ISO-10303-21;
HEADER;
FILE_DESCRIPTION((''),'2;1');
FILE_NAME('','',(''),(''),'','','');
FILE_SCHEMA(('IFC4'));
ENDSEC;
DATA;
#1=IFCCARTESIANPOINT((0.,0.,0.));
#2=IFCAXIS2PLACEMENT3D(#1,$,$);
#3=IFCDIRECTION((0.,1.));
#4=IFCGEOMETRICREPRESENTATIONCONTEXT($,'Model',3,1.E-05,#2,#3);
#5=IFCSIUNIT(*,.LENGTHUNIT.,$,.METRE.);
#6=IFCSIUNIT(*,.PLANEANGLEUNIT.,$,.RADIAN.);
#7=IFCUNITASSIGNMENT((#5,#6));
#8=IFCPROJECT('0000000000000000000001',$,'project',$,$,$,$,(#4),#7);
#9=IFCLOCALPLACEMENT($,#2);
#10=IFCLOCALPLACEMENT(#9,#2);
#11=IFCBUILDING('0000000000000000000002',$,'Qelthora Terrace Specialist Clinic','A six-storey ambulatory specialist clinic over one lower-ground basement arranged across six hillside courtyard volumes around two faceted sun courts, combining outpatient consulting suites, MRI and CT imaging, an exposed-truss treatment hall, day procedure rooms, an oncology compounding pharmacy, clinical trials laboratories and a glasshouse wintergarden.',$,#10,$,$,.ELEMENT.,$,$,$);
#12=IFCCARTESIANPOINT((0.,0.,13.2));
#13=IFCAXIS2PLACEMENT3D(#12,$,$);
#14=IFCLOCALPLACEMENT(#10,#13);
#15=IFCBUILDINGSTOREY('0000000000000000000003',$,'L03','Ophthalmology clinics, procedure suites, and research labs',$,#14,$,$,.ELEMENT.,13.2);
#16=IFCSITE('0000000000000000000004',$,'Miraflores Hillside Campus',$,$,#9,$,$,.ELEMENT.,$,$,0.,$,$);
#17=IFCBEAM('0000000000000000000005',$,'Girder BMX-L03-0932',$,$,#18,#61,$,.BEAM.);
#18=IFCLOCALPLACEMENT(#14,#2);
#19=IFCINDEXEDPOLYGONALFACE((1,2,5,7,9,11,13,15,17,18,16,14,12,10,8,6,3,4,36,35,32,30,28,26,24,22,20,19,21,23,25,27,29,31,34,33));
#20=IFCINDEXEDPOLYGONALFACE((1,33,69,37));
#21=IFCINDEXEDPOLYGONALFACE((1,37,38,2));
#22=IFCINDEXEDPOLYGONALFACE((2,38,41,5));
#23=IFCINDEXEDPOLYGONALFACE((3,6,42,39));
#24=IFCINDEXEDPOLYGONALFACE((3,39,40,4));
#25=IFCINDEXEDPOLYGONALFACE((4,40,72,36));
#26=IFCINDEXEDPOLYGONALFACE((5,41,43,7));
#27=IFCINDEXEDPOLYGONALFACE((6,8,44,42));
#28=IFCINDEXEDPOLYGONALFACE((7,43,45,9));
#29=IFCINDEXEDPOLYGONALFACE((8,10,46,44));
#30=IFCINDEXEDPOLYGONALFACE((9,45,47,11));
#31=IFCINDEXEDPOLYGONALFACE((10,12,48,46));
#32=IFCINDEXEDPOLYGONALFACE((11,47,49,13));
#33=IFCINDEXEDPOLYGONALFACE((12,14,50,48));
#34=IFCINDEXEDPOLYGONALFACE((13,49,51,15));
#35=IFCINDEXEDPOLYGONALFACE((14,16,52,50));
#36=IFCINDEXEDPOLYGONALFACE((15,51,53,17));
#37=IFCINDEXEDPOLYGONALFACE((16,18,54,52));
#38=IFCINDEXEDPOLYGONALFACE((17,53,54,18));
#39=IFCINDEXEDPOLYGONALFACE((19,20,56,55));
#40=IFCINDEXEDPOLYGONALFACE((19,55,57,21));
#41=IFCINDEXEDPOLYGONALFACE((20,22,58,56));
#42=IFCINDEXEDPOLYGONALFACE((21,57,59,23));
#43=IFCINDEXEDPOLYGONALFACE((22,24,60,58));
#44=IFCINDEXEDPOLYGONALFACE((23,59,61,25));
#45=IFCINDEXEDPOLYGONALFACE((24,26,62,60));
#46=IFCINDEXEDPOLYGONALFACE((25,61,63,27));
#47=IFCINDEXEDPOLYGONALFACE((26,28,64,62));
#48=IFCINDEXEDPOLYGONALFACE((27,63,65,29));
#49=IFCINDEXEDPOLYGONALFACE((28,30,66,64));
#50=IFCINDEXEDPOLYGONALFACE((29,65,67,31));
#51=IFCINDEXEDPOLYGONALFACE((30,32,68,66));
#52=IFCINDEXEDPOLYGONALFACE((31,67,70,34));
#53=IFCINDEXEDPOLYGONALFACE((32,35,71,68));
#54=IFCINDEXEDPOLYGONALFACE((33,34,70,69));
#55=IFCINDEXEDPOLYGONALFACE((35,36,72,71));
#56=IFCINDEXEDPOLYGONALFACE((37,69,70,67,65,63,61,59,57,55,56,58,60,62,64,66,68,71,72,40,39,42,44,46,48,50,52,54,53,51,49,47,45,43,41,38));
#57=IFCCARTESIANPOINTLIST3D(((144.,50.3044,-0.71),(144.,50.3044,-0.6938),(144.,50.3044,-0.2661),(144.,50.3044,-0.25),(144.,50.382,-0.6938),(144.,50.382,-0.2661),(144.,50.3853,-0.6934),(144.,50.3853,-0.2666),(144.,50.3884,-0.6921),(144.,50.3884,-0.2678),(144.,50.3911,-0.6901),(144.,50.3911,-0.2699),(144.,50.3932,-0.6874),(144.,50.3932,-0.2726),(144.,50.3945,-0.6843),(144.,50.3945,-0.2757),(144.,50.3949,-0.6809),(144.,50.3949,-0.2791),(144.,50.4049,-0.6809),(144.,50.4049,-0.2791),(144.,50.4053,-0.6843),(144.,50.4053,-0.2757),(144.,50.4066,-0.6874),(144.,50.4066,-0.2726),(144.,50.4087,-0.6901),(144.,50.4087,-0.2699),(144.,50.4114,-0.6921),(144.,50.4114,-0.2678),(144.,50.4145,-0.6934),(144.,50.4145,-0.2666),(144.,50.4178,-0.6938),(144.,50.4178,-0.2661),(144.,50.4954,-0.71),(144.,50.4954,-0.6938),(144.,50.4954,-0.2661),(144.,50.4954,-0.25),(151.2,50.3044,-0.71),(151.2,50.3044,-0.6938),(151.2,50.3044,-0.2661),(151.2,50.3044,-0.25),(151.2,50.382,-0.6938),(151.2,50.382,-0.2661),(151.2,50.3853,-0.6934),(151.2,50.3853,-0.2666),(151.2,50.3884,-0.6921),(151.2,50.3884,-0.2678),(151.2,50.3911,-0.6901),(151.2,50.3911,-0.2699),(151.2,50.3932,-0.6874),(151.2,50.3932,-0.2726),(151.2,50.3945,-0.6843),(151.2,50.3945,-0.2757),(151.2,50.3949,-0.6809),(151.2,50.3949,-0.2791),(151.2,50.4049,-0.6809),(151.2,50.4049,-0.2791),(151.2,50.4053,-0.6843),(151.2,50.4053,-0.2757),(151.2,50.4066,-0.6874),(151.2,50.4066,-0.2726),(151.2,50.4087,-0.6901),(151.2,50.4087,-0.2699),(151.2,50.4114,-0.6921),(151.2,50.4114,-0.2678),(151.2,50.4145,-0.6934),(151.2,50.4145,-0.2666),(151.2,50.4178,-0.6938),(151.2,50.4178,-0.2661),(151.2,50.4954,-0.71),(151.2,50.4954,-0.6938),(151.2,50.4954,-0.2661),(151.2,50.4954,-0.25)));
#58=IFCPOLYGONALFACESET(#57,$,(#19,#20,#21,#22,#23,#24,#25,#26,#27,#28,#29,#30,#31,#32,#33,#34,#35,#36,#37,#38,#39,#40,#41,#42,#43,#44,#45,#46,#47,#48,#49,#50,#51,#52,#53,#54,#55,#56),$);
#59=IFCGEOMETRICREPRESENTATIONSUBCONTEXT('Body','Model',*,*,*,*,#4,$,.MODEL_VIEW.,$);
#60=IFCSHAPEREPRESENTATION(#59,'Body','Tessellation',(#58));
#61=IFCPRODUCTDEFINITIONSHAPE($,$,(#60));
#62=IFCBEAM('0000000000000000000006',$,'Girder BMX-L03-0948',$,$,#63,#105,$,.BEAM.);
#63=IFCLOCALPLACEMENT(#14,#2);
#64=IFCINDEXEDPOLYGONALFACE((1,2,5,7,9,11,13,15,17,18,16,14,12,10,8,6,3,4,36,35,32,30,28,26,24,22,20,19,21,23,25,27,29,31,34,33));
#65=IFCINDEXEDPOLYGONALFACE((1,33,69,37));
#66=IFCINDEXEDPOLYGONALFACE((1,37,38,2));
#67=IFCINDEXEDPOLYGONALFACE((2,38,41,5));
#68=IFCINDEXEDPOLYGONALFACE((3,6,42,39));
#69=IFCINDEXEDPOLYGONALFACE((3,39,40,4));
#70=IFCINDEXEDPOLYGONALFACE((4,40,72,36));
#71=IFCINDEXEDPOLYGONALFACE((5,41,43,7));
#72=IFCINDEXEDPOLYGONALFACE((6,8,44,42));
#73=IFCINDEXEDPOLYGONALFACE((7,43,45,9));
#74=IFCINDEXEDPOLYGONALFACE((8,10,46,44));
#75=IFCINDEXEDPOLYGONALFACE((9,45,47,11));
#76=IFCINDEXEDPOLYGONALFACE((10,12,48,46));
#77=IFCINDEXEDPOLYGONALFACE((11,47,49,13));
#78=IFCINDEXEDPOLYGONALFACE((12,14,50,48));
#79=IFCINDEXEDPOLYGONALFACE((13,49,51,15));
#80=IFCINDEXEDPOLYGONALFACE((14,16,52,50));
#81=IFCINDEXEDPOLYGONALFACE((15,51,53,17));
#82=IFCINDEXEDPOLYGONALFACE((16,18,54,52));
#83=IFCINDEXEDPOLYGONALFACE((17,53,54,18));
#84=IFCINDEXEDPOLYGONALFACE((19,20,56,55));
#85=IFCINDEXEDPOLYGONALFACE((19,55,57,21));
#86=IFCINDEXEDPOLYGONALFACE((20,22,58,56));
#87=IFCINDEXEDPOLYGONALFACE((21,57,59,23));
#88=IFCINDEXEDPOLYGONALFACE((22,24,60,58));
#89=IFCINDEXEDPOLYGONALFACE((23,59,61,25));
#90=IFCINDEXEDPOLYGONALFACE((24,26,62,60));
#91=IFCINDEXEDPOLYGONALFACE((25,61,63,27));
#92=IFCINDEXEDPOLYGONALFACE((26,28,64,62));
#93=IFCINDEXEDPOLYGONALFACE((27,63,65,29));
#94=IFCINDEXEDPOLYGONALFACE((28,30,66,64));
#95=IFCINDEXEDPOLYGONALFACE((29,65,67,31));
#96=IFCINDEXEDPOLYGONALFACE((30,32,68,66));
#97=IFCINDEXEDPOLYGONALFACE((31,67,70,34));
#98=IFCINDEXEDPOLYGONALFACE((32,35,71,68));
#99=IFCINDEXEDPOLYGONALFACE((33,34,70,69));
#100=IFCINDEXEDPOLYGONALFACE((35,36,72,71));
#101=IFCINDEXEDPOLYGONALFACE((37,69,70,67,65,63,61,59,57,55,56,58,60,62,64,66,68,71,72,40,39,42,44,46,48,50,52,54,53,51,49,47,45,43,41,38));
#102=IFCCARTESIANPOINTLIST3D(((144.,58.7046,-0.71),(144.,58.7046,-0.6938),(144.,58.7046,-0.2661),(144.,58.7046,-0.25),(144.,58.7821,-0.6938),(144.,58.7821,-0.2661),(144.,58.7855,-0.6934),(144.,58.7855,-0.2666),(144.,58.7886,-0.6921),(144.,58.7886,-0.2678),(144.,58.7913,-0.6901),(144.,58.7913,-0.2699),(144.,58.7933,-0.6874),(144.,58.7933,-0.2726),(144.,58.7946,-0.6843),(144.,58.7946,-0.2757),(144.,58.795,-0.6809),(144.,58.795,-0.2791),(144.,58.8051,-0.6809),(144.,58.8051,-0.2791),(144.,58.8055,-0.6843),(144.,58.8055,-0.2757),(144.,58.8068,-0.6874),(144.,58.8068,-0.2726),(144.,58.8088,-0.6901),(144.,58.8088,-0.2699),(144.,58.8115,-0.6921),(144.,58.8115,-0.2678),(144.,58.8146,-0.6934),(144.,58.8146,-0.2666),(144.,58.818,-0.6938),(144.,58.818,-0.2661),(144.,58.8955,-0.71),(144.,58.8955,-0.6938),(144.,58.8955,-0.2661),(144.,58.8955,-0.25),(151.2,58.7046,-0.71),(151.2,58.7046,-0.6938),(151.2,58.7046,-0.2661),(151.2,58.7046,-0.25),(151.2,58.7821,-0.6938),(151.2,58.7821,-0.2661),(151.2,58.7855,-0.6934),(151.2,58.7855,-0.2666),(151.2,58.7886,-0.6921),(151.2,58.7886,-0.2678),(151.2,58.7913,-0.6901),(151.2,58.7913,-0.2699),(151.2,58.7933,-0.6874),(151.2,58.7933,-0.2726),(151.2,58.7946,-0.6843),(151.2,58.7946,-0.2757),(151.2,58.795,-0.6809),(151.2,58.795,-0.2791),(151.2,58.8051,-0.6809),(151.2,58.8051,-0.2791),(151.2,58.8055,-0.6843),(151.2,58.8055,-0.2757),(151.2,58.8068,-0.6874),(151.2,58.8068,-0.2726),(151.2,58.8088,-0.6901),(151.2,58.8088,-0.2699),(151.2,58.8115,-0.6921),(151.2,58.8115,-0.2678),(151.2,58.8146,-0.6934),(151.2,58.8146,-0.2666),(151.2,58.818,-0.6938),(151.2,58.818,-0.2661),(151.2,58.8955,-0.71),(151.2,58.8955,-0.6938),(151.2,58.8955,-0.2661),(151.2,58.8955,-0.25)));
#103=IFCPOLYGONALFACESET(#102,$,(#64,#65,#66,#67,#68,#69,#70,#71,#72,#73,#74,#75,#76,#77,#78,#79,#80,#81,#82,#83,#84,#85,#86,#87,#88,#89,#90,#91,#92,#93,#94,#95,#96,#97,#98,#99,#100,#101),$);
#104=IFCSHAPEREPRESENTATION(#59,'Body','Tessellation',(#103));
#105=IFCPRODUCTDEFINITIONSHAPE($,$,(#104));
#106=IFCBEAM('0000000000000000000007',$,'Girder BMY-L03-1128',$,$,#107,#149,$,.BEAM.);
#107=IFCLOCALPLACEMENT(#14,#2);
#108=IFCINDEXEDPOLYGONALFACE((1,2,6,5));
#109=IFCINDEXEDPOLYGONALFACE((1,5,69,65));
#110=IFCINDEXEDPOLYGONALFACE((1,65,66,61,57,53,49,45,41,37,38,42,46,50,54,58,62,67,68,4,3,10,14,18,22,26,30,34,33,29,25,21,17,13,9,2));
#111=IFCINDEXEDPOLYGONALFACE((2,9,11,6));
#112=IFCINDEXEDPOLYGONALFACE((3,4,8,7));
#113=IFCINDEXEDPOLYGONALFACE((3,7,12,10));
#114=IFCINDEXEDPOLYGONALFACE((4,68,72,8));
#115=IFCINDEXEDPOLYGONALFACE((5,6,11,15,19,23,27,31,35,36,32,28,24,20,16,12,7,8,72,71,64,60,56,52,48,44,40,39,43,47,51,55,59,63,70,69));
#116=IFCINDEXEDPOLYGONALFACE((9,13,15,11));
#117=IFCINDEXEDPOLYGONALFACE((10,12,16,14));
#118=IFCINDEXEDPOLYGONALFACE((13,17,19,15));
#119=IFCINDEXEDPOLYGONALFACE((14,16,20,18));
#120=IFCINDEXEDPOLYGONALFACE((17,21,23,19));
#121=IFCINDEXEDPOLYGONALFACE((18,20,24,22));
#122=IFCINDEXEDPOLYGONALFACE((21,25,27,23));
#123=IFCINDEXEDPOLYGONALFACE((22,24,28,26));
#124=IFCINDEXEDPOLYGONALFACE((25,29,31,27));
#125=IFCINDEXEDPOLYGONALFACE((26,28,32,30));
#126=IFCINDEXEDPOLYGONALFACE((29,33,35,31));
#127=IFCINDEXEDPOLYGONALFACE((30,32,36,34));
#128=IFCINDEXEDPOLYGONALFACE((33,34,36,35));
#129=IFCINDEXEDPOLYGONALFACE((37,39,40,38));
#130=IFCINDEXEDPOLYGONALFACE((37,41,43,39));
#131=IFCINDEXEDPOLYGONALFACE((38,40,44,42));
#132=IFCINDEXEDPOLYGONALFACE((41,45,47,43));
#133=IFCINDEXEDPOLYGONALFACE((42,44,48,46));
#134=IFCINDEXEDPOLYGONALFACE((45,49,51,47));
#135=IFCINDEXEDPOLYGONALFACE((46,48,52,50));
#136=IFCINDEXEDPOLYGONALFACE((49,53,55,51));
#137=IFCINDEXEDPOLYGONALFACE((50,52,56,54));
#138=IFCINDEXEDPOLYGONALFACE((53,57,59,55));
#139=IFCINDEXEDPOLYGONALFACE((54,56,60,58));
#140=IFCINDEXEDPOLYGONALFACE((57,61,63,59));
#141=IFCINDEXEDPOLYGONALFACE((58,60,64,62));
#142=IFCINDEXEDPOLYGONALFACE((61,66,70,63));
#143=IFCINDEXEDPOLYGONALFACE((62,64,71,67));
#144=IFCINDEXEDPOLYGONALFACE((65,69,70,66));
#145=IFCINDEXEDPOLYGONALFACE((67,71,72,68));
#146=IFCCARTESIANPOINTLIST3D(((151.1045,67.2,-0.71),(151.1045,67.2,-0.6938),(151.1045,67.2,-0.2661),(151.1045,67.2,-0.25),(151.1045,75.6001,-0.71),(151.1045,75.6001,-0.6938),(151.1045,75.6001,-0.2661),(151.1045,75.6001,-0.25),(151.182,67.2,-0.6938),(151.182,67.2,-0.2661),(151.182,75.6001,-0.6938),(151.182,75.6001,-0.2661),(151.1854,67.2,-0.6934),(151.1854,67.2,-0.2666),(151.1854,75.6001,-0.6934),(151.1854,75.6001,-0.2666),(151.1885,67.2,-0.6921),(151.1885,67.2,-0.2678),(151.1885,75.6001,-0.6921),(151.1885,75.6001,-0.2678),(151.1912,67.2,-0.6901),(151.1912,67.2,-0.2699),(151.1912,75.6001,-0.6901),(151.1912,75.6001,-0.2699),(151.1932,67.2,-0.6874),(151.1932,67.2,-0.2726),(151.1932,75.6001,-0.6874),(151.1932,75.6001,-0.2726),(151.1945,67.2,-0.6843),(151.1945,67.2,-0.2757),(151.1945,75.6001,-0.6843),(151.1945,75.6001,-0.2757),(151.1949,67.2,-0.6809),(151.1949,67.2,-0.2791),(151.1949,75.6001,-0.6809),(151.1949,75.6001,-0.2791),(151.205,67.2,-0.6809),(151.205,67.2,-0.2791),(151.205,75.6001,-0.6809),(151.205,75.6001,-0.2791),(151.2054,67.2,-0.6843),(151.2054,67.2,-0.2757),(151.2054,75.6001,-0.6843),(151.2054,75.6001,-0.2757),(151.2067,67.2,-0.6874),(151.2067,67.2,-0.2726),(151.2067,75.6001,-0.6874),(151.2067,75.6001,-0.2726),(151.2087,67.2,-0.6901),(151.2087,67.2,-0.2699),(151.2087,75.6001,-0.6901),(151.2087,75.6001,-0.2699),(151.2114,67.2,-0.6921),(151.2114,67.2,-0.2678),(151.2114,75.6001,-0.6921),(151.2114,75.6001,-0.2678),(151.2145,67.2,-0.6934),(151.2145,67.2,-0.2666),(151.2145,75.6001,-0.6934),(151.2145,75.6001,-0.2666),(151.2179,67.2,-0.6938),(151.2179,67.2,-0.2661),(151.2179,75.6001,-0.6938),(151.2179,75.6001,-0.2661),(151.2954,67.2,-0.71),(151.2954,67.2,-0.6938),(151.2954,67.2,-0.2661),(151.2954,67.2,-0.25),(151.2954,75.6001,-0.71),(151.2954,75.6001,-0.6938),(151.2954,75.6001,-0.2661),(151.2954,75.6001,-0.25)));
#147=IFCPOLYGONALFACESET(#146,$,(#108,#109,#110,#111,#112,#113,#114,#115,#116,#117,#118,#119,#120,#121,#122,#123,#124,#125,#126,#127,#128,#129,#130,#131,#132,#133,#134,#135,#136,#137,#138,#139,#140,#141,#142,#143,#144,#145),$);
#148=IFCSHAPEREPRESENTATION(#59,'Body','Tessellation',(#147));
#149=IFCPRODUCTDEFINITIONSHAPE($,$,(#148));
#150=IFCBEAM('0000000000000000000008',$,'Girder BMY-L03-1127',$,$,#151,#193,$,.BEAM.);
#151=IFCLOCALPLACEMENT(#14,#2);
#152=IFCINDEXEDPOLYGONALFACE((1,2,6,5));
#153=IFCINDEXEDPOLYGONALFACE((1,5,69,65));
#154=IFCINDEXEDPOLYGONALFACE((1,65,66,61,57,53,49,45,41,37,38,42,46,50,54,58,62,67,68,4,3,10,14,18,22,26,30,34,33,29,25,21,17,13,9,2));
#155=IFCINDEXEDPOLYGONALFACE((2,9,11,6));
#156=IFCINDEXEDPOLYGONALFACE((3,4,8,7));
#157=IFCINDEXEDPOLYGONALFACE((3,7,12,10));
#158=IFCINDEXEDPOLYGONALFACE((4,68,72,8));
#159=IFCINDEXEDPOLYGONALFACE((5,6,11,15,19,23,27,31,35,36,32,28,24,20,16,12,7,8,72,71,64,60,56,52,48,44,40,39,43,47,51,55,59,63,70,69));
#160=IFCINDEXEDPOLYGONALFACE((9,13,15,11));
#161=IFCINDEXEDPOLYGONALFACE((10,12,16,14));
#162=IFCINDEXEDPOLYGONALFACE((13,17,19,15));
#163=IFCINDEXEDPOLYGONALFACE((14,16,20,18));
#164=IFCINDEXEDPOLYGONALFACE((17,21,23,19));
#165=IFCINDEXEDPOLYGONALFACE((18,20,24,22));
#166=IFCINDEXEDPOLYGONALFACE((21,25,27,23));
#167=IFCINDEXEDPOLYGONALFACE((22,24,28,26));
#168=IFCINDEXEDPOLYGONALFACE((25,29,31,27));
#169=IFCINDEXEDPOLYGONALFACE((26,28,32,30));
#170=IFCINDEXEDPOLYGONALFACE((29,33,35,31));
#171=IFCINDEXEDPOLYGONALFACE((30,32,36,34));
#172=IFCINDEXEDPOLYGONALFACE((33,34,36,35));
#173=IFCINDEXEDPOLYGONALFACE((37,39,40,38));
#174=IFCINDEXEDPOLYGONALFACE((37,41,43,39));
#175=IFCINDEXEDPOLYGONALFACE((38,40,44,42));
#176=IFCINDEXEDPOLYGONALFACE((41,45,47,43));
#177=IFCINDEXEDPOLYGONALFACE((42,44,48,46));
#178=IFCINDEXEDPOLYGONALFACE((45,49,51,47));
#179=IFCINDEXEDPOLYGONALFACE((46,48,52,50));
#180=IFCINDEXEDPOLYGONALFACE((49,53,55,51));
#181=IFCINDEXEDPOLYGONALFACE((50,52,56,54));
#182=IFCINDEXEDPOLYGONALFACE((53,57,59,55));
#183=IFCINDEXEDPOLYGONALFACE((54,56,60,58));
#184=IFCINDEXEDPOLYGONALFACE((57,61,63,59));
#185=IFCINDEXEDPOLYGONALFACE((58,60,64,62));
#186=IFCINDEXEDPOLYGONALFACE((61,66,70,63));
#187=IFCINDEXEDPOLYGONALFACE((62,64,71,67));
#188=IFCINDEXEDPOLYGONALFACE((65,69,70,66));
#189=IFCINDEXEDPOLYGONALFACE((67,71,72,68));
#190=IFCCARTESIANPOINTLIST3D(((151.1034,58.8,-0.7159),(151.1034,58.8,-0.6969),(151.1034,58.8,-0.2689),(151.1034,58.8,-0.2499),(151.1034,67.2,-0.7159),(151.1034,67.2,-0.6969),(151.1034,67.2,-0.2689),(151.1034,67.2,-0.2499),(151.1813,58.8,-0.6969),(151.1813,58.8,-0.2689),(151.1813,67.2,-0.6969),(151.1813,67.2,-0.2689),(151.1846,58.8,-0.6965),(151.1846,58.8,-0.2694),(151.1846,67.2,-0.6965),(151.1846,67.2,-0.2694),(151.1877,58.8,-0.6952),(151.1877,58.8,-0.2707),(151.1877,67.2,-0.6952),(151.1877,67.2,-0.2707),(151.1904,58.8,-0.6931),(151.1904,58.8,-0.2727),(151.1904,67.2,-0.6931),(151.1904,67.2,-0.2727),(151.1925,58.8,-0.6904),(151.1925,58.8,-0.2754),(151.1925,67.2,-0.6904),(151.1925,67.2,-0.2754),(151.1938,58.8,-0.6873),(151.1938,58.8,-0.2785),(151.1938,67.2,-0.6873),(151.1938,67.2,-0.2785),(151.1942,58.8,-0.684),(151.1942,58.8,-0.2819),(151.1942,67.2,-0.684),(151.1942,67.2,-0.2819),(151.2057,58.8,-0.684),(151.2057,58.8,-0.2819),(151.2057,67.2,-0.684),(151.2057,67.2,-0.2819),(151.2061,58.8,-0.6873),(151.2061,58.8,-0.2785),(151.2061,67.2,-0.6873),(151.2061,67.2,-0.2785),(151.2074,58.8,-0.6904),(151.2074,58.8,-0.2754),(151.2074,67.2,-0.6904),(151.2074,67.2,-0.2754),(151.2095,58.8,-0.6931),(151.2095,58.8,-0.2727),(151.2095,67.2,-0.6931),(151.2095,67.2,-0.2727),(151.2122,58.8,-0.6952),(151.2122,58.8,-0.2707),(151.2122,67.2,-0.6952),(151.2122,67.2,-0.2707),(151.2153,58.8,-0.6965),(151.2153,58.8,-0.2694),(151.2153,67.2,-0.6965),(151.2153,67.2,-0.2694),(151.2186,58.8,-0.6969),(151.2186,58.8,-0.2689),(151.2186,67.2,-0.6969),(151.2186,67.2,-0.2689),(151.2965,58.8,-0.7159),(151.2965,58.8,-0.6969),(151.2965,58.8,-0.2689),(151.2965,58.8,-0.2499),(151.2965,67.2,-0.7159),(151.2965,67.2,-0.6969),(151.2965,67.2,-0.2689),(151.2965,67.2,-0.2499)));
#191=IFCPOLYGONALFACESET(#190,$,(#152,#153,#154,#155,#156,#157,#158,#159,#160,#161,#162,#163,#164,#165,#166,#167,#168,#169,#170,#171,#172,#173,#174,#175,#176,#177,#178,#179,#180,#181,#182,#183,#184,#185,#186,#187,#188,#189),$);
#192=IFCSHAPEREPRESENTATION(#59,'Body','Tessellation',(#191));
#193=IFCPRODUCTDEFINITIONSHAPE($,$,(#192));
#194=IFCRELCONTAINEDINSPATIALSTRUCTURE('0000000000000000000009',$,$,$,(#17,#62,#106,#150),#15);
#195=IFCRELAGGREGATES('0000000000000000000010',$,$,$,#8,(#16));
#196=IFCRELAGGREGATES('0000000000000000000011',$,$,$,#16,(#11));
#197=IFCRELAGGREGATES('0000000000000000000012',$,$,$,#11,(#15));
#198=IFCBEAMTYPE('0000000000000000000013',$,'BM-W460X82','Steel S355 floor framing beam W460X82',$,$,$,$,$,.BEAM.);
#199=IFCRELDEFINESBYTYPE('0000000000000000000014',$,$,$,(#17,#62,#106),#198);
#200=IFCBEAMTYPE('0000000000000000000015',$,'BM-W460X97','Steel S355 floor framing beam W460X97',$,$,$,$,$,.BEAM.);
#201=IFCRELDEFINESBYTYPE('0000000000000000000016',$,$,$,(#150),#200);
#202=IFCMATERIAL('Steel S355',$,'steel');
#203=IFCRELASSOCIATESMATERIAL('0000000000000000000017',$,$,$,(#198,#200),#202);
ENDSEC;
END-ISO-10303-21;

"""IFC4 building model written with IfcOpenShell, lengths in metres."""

from ifc_helpers import new_model, si_unit, direction, frame, origin, origin_2d, place, context, subcontext, project, spatial, i_section, extrude, material, material_profile, profile_set, type_object, element, save


model = new_model("IFC4")

# Units and contexts
model_context = context("Model", 3, precision=1e-05, world=origin(), true_north=direction((0.0, 1.0)))
body_context = subcontext(model_context, "Body", "Model", "MODEL_VIEW")
ifc_project = project(units=[si_unit("LENGTHUNIT", "METRE"), si_unit("PLANEANGLEUNIT", "RADIAN")], contexts=[model_context])

# Site, building, storey
site_placement = place(None, origin())
site = spatial("IfcSite", under=ifc_project, at=site_placement, Name="Miraflores Hillside Campus", CompositionType="ELEMENT", RefElevation=0.0)
building_placement = place(site_placement, origin())
building = spatial("IfcBuilding", under=site, at=building_placement, Name="Qelthora Terrace Specialist Clinic", Description="A six-storey ambulatory specialist clinic over one lower-ground basement arranged across six hillside courtyard volumes around two faceted sun courts, combining outpatient consulting suites, MRI and CT imaging, an exposed-truss treatment hall, day procedure rooms, an oncology compounding pharmacy, clinical trials laboratories and a glasshouse wintergarden.", CompositionType="ELEMENT")
storey_placement = place(building_placement, frame((0.0, 0.0, 13.2)))
storey = spatial("IfcBuildingStorey", under=building, at=storey_placement, Name="L03", Description="Ophthalmology clinics, procedure suites, and research labs", CompositionType="ELEMENT", Elevation=13.2)

# Shared definitions
ifc_material_1 = material(Name="Steel S355", Category="steel")

# Beams
ifc_material_profile_1 = material_profile(ifc_material_1, i_section(OverallWidth=0.1909, OverallDepth=0.46, WebThickness=0.01, FlangeThickness=0.0161, FilletRadius=0.0129, at=origin_2d()), Name="W460X82")
ifc_profile_set_1 = profile_set([ifc_material_profile_1], Name="Steel S355")
beam_type_1 = type_object("IfcBeamType", Name="BM-W460X82", Description="Steel S355 floor framing beam W460X82", PredefinedType="BEAM", material=ifc_profile_set_1)
for number, where, z_axis, x_axis, name in (
    (1, (144.0, 50.3999, -0.48), (1.0, 0.0, 0.0), (0.0, 1.0, 0.0), "Girder BMX-L03-0932"),
    (2, (144.0, 58.8, -0.48), (1.0, 0.0, 0.0), (0.0, 1.0, 0.0), "Girder BMX-L03-0948"),
):
    element("IfcBeam", number, at=place(storey_placement, frame(where, z_axis=z_axis, x_axis=x_axis)), inside=storey, type_object=beam_type_1, Name=name, PredefinedType="BEAM", context=body_context, shape_type="SweptSolid", body=[
        extrude(i_section(OverallWidth=0.1909, OverallDepth=0.46, WebThickness=0.01, FlangeThickness=0.0161, FilletRadius=0.0129, at=origin_2d()), origin(), (0.0, 0.0, 1.0), 7.2),
    ])
beam_1_placement = place(storey_placement, frame((151.2, 67.2, -0.48), z_axis=(0.0, 1.0, 0.0), x_axis=(-1.0, 0.0, 0.0)))
element("IfcBeam", 3, at=beam_1_placement, inside=storey, type_object=beam_type_1, Name="Girder BMY-L03-1128", PredefinedType="BEAM", context=body_context, shape_type="SweptSolid", body=[
    extrude(i_section(OverallWidth=0.1909, OverallDepth=0.46, WebThickness=0.01, FlangeThickness=0.0161, FilletRadius=0.0129, at=origin_2d()), origin(), (0.0, 0.0, 1.0), 8.4001),
])
ifc_material_profile_2 = material_profile(ifc_material_1, i_section(OverallWidth=0.1931, OverallDepth=0.4661, WebThickness=0.0115, FlangeThickness=0.019, FilletRadius=0.0129, at=origin_2d()), Name="W460X97")
ifc_profile_set_2 = profile_set([ifc_material_profile_2], Name="Steel S355")
beam_type_2 = type_object("IfcBeamType", Name="BM-W460X97", Description="Steel S355 floor framing beam W460X97", PredefinedType="BEAM", material=ifc_profile_set_2)
beam_2_placement = place(storey_placement, frame((151.2, 58.8, -0.4829), z_axis=(0.0, 1.0, 0.0), x_axis=(-1.0, 0.0, 0.0)))
element("IfcBeam", 4, at=beam_2_placement, inside=storey, type_object=beam_type_2, Name="Girder BMY-L03-1127", PredefinedType="BEAM", context=body_context, shape_type="SweptSolid", body=[
    extrude(i_section(OverallWidth=0.1931, OverallDepth=0.4661, WebThickness=0.0115, FlangeThickness=0.019, FilletRadius=0.0129, at=origin_2d()), origin(), (0.0, 0.0, 1.0), 8.3999),
])

save(model, "model.ifc")
